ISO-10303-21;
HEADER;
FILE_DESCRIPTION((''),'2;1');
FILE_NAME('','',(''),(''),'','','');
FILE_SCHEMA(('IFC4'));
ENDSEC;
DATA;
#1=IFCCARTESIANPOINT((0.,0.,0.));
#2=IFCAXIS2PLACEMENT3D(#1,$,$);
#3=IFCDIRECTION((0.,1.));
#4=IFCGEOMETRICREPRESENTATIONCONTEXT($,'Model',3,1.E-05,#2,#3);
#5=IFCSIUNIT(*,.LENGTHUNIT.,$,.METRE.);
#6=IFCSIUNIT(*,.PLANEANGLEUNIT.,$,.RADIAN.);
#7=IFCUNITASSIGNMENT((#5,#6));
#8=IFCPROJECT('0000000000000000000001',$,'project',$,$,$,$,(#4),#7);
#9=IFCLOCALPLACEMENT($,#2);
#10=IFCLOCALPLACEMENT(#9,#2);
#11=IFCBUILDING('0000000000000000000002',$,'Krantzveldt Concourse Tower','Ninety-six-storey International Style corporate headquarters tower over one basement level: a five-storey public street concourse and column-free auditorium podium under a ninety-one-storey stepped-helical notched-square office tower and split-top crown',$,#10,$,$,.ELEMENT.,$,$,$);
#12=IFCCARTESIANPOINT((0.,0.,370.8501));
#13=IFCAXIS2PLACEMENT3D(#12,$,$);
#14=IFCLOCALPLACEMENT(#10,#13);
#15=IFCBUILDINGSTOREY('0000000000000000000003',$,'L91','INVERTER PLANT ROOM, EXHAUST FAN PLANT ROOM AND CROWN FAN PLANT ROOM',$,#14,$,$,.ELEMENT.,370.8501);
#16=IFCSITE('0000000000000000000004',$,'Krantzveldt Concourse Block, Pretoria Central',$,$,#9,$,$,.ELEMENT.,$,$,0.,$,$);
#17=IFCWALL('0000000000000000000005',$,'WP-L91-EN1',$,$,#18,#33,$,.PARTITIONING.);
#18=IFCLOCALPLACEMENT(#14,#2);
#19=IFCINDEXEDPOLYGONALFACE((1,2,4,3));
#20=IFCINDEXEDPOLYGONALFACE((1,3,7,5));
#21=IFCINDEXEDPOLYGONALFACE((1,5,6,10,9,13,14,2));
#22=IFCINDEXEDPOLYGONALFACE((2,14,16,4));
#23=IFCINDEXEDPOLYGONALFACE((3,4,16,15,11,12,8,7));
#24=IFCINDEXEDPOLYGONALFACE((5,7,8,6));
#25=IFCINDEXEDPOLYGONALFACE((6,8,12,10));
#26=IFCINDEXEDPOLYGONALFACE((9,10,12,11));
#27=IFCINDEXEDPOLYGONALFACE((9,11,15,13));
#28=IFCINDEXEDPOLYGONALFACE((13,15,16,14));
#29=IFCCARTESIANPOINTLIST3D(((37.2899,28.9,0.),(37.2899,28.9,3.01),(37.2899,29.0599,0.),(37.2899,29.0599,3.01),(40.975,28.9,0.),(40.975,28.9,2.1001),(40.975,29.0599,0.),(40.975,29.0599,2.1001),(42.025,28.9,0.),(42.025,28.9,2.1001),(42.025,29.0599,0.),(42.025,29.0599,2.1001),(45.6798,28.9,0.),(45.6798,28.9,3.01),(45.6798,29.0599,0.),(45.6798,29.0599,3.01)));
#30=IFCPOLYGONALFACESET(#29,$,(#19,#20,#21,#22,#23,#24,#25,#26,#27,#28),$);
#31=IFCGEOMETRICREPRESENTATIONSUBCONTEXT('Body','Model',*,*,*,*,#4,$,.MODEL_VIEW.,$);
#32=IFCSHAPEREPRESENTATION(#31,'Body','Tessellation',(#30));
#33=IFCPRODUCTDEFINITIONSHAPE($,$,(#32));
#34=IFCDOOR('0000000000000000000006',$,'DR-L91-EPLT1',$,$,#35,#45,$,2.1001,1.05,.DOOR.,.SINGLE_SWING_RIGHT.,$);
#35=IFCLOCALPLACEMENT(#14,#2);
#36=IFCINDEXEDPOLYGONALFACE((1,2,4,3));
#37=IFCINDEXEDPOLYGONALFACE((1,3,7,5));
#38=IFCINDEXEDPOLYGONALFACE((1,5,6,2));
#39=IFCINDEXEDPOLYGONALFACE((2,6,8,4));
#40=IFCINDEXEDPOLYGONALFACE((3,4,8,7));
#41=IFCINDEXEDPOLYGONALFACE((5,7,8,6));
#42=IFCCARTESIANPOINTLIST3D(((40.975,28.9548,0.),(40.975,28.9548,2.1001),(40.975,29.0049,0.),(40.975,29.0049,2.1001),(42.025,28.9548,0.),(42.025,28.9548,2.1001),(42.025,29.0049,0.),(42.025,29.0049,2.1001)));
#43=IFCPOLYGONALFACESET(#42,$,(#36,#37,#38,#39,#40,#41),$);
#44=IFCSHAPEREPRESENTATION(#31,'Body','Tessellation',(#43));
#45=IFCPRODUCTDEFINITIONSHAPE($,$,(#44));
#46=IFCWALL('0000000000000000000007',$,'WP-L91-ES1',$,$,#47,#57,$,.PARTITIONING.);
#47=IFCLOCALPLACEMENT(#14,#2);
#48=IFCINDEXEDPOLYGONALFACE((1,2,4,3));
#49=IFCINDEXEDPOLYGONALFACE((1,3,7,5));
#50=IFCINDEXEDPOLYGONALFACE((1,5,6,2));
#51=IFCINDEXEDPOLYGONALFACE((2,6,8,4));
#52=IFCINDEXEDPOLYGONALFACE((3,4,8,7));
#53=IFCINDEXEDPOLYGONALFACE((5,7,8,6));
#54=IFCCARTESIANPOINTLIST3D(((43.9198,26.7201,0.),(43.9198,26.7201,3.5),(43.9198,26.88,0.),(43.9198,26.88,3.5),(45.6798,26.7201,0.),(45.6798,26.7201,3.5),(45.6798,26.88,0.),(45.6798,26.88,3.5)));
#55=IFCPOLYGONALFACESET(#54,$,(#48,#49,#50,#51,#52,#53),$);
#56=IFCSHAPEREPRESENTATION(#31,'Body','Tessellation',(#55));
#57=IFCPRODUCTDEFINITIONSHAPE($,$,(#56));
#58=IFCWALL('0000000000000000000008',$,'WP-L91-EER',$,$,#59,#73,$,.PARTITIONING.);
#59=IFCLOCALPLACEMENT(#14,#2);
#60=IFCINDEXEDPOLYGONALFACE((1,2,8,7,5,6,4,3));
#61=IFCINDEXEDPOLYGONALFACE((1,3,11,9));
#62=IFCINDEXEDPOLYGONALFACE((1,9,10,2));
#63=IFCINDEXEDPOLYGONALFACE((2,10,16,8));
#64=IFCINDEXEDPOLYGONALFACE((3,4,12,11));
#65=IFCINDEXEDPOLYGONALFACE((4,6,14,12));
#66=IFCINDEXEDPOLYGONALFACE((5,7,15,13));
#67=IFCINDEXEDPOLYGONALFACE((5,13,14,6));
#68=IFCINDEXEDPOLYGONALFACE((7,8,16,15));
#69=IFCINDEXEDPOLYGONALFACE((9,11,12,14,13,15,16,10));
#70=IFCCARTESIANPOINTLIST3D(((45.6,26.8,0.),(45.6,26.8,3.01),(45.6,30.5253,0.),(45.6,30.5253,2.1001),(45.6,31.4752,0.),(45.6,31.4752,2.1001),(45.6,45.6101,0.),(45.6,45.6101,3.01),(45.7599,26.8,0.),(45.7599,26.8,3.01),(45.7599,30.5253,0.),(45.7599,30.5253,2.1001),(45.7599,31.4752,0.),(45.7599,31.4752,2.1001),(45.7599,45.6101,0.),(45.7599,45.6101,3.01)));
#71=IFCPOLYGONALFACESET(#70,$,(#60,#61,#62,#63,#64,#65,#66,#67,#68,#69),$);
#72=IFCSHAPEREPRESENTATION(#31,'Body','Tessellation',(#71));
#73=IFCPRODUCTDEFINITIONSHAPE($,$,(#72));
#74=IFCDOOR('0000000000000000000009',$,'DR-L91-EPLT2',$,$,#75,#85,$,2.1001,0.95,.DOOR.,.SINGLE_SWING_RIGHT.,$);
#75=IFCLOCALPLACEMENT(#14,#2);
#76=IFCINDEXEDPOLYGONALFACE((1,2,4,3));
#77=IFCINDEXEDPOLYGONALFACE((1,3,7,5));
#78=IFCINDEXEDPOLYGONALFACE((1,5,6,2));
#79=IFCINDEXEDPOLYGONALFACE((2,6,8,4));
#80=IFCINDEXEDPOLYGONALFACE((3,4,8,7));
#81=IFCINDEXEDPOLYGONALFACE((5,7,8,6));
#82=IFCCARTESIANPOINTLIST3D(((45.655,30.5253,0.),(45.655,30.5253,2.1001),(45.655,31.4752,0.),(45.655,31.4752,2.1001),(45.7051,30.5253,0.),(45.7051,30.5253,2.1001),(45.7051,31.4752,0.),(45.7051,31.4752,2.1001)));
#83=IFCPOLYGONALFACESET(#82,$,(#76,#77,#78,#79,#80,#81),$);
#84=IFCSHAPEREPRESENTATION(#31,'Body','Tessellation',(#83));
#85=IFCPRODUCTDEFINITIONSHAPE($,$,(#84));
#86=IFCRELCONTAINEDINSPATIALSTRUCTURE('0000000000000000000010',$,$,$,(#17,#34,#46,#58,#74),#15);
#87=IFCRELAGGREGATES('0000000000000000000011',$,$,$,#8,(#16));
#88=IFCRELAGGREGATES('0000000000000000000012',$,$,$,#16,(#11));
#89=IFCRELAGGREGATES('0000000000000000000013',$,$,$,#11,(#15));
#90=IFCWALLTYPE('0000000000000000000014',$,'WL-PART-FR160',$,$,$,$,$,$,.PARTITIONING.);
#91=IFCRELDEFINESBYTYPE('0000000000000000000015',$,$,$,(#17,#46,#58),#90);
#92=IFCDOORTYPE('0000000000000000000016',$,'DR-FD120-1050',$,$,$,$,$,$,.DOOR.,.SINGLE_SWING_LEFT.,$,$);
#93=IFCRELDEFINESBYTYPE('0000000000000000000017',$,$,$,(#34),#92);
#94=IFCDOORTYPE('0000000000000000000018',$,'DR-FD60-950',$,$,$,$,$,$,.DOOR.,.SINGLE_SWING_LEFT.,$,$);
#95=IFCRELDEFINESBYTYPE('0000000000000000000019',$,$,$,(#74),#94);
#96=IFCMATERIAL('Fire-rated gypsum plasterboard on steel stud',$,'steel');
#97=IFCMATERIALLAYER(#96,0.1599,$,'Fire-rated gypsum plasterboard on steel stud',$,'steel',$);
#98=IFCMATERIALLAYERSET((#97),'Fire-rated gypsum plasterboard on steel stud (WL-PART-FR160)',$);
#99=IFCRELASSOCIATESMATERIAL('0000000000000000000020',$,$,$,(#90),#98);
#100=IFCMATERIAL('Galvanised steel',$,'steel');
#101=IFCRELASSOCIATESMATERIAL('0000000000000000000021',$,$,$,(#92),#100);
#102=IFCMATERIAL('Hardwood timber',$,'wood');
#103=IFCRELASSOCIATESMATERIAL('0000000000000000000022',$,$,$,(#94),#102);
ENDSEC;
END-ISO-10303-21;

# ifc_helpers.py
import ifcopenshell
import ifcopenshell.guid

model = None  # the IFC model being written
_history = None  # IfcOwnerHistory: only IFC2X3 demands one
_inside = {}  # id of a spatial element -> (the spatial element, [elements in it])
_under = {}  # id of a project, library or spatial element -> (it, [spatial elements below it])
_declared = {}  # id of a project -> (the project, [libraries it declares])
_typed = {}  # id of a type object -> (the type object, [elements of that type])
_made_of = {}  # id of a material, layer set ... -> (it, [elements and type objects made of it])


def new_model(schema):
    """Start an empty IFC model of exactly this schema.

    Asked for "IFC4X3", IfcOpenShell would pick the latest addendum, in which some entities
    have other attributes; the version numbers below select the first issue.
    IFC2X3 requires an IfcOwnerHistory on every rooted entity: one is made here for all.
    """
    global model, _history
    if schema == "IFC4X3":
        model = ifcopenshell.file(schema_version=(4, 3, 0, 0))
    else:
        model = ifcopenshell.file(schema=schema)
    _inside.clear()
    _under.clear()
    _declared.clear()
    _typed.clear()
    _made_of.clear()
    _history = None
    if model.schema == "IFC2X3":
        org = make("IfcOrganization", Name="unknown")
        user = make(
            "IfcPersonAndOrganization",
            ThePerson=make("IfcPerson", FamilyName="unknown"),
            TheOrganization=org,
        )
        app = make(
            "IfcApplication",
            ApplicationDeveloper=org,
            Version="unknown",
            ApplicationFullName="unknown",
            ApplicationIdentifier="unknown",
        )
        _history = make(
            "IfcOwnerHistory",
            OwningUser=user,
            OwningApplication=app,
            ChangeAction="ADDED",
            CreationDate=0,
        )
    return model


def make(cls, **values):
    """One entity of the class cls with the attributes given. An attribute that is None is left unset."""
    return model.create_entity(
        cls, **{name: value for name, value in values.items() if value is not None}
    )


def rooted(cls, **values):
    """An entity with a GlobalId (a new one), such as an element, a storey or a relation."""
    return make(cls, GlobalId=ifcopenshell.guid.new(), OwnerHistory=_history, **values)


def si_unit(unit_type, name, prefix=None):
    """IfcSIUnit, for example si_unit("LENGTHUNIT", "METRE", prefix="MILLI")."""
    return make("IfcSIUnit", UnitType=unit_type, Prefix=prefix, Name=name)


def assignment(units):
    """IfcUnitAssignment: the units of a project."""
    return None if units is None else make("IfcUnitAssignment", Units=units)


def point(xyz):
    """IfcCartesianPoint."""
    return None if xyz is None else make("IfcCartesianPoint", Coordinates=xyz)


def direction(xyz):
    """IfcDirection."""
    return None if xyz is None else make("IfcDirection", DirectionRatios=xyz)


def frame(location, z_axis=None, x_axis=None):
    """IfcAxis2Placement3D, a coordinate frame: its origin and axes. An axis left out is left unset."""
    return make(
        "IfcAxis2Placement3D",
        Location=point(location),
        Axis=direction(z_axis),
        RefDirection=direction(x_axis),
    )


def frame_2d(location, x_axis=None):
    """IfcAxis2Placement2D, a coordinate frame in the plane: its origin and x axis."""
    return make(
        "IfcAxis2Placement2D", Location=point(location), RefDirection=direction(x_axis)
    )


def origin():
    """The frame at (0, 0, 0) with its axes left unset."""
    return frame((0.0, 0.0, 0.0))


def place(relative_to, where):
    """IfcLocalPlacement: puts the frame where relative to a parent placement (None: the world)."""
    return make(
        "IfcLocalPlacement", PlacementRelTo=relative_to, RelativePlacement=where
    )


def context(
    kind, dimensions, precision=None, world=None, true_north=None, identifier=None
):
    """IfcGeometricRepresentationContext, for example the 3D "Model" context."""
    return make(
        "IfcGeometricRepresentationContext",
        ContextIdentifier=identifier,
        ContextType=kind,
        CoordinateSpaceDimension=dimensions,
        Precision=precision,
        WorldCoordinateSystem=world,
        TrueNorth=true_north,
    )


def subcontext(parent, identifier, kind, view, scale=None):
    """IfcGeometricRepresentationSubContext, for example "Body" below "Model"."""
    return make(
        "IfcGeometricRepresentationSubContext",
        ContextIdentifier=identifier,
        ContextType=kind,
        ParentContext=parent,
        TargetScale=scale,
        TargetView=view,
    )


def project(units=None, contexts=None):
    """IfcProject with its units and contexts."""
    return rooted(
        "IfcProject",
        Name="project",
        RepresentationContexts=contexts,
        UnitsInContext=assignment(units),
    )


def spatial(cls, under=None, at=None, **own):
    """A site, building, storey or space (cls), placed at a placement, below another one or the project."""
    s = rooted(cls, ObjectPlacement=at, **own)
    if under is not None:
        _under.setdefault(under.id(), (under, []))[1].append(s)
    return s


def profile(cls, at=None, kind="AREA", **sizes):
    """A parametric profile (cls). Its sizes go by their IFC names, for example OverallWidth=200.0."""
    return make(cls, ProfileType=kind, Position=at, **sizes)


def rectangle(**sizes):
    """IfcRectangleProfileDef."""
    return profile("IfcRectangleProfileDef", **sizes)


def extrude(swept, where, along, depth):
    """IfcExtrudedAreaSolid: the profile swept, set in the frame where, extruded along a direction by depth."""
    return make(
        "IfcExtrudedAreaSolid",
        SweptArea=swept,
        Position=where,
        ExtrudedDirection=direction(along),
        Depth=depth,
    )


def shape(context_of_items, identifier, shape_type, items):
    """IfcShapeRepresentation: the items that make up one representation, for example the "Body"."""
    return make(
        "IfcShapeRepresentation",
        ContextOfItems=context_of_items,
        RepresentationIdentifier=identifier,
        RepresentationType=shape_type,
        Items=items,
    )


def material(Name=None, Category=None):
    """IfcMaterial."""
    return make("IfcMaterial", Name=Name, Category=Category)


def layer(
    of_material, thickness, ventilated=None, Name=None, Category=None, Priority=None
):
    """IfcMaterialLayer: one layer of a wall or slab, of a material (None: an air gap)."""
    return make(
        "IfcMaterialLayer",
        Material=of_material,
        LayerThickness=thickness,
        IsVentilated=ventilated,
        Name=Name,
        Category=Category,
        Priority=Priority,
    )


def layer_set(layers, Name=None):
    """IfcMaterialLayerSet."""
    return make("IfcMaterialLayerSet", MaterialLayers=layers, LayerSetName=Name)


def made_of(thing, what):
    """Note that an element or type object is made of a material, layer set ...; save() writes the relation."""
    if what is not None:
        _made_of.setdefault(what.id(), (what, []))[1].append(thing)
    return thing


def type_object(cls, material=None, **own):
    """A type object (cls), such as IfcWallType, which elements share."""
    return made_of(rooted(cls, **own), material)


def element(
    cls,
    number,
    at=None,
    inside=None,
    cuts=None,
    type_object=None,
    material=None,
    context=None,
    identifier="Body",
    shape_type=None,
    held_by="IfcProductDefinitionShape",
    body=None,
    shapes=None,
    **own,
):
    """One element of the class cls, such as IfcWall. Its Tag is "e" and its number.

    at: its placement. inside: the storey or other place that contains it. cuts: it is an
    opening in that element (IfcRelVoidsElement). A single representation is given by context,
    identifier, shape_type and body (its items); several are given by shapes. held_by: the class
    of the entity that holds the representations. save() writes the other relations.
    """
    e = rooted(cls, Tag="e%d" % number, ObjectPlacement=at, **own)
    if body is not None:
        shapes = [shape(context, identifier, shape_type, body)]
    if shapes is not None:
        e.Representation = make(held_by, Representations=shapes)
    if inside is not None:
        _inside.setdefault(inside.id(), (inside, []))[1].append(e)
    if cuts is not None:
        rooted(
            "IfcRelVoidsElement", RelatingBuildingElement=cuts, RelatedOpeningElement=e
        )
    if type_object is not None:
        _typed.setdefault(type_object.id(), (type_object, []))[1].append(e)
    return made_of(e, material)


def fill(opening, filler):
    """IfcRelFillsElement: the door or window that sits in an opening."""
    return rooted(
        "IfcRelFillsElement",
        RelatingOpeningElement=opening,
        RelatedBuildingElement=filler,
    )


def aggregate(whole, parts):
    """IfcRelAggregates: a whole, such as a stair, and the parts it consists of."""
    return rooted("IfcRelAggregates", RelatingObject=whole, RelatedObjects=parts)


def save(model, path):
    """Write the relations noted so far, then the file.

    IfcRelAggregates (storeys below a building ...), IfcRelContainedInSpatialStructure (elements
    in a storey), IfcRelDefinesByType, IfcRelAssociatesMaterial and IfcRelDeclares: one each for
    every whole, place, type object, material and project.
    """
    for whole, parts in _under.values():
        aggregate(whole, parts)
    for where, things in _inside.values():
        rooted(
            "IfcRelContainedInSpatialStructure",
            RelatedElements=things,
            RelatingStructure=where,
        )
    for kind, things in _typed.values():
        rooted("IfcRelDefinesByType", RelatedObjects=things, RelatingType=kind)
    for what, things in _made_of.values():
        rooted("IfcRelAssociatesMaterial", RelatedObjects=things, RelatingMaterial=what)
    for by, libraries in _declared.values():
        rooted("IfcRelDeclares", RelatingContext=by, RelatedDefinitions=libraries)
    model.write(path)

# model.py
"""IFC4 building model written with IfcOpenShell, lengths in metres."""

from ifc_helpers import new_model, si_unit, direction, frame, frame_2d, origin, place, context, subcontext, project, spatial, rectangle, extrude, material, layer, layer_set, type_object, element, fill, save


model = new_model("IFC4")

# Units and contexts
model_context = context("Model", 3, precision=1e-05, world=origin(), true_north=direction((0.0, 1.0)))
body_context = subcontext(model_context, "Body", "Model", "MODEL_VIEW")
ifc_project = project(units=[si_unit("LENGTHUNIT", "METRE"), si_unit("PLANEANGLEUNIT", "RADIAN")], contexts=[model_context])

# Site, building, storey
site_placement = place(None, origin())
site = spatial("IfcSite", under=ifc_project, at=site_placement, Name="Krantzveldt Concourse Block, Pretoria Central", CompositionType="ELEMENT", RefElevation=0.0)
building_placement = place(site_placement, origin())
building = spatial("IfcBuilding", under=site, at=building_placement, Name="Krantzveldt Concourse Tower", Description="Ninety-six-storey International Style corporate headquarters tower over one basement level: a five-storey public street concourse and column-free auditorium podium under a ninety-one-storey stepped-helical notched-square office tower and split-top crown", CompositionType="ELEMENT")
storey_placement = place(building_placement, frame((0.0, 0.0, 370.8501)))
storey = spatial("IfcBuildingStorey", under=building, at=storey_placement, Name="L91", Description="INVERTER PLANT ROOM, EXHAUST FAN PLANT ROOM AND CROWN FAN PLANT ROOM", CompositionType="ELEMENT", Elevation=370.8501)

# Shared definitions
ifc_material_1 = material(Name="Fire-rated gypsum plasterboard on steel stud", Category="steel")

# Wall, opening, door
ifc_layer_1 = layer(ifc_material_1, 0.1599, Name="Fire-rated gypsum plasterboard on steel stud", Category="steel")
ifc_layer_set_1 = layer_set([ifc_layer_1], Name="Fire-rated gypsum plasterboard on steel stud (WL-PART-FR160)")
wall_type_1 = type_object("IfcWallType", Name="WL-PART-FR160", PredefinedType="PARTITIONING", material=ifc_layer_set_1)
wall_1_placement = place(storey_placement, frame((37.29, 28.98, 0.0), z_axis=(0.0, 0.0, 1.0), x_axis=(1.0, 0.0, 0.0)))
wall_1 = element("IfcWall", 1, at=wall_1_placement, inside=storey, type_object=wall_type_1, Name="WP-L91-EN1", PredefinedType="PARTITIONING", context=body_context, shape_type="SweptSolid", body=[
    extrude(rectangle(XDim=8.3899, YDim=0.1599, at=frame_2d((4.1948, 0.0))), origin(), (0.0, 0.0, 1.0), 3.01),
])
opening_1_placement = place(wall_1_placement, frame((3.6851, 0.0, 0.0)))
opening_1 = element("IfcOpeningElement", 2, at=opening_1_placement, cuts=wall_1, PredefinedType="OPENING", context=body_context, shape_type="SweptSolid", body=[
    extrude(rectangle(XDim=1.05, YDim=2.1001, at=frame_2d((0.5249, 1.05))), frame((0.0, 0.0898, 0.0), z_axis=(0.0, -1.0, 0.0), x_axis=(1.0, 0.0, 0.0)), (0.0, 0.0, 1.0), 0.1799),
])
ifc_material_2 = material(Name="Galvanised steel", Category="steel")
door_type_1 = type_object("IfcDoorType", Name="DR-FD120-1050", OperationType="SINGLE_SWING_LEFT", PredefinedType="DOOR", material=ifc_material_2)
door_1_placement = place(opening_1_placement, origin())
door_1 = element("IfcDoor", 3, at=door_1_placement, inside=storey, type_object=door_type_1, Name="DR-L91-EPLT1", OperationType="SINGLE_SWING_RIGHT", OverallHeight=2.1001, OverallWidth=1.05, PredefinedType="DOOR", context=body_context, shape_type="SweptSolid", body=[
    extrude(rectangle(XDim=1.05, YDim=2.1001, at=frame_2d((0.5249, 1.05))), frame((0.0, 0.0249, 0.0), z_axis=(0.0, -1.0, 0.0), x_axis=(1.0, 0.0, 0.0)), (0.0, 0.0, 1.0), 0.05),
])
fill(opening_1, door_1)

# Wall
wall_2_placement = place(storey_placement, frame((43.9199, 26.8, 0.0), z_axis=(0.0, 0.0, 1.0), x_axis=(1.0, 0.0, 0.0)))
element("IfcWall", 4, at=wall_2_placement, inside=storey, type_object=wall_type_1, Name="WP-L91-ES1", PredefinedType="PARTITIONING", context=body_context, shape_type="SweptSolid", body=[
    extrude(rectangle(XDim=1.76, YDim=0.1599, at=frame_2d((0.8799, 0.0))), origin(), (0.0, 0.0, 1.0), 3.5),
])

# Wall, opening, door
wall_3_placement = place(storey_placement, frame((45.6799, 26.8, 0.0), z_axis=(0.0, 0.0, 1.0), x_axis=(0.0, 1.0, 0.0)))
wall_3 = element("IfcWall", 5, at=wall_3_placement, inside=storey, type_object=wall_type_1, Name="WP-L91-EER", PredefinedType="PARTITIONING", context=body_context, shape_type="SweptSolid", body=[
    extrude(rectangle(XDim=18.8101, YDim=0.1599, at=frame_2d((9.405, 0.0))), origin(), (0.0, 0.0, 1.0), 3.01),
])
opening_2_placement = place(wall_3_placement, frame((3.7251, 0.0, 0.0)))
opening_2 = element("IfcOpeningElement", 6, at=opening_2_placement, cuts=wall_3, PredefinedType="OPENING", context=body_context, shape_type="SweptSolid", body=[
    extrude(rectangle(XDim=0.95, YDim=2.1001, at=frame_2d((0.4751, 1.05))), frame((0.0, 0.0898, 0.0), z_axis=(0.0, -1.0, 0.0), x_axis=(1.0, 0.0, 0.0)), (0.0, 0.0, 1.0), 0.1799),
])
ifc_material_3 = material(Name="Hardwood timber", Category="wood")
door_type_2 = type_object("IfcDoorType", Name="DR-FD60-950", OperationType="SINGLE_SWING_LEFT", PredefinedType="DOOR", material=ifc_material_3)
door_2_placement = place(opening_2_placement, origin())
door_2 = element("IfcDoor", 7, at=door_2_placement, inside=storey, type_object=door_type_2, Name="DR-L91-EPLT2", OperationType="SINGLE_SWING_RIGHT", OverallHeight=2.1001, OverallWidth=0.95, PredefinedType="DOOR", context=body_context, shape_type="SweptSolid", body=[
    extrude(rectangle(XDim=0.95, YDim=2.1001, at=frame_2d((0.4751, 1.05))), frame((0.0, 0.0249, 0.0), z_axis=(0.0, -1.0, 0.0), x_axis=(1.0, 0.0, 0.0)), (0.0, 0.0, 1.0), 0.05),
])
fill(opening_2, door_2)

save(model, "model.ifc")
